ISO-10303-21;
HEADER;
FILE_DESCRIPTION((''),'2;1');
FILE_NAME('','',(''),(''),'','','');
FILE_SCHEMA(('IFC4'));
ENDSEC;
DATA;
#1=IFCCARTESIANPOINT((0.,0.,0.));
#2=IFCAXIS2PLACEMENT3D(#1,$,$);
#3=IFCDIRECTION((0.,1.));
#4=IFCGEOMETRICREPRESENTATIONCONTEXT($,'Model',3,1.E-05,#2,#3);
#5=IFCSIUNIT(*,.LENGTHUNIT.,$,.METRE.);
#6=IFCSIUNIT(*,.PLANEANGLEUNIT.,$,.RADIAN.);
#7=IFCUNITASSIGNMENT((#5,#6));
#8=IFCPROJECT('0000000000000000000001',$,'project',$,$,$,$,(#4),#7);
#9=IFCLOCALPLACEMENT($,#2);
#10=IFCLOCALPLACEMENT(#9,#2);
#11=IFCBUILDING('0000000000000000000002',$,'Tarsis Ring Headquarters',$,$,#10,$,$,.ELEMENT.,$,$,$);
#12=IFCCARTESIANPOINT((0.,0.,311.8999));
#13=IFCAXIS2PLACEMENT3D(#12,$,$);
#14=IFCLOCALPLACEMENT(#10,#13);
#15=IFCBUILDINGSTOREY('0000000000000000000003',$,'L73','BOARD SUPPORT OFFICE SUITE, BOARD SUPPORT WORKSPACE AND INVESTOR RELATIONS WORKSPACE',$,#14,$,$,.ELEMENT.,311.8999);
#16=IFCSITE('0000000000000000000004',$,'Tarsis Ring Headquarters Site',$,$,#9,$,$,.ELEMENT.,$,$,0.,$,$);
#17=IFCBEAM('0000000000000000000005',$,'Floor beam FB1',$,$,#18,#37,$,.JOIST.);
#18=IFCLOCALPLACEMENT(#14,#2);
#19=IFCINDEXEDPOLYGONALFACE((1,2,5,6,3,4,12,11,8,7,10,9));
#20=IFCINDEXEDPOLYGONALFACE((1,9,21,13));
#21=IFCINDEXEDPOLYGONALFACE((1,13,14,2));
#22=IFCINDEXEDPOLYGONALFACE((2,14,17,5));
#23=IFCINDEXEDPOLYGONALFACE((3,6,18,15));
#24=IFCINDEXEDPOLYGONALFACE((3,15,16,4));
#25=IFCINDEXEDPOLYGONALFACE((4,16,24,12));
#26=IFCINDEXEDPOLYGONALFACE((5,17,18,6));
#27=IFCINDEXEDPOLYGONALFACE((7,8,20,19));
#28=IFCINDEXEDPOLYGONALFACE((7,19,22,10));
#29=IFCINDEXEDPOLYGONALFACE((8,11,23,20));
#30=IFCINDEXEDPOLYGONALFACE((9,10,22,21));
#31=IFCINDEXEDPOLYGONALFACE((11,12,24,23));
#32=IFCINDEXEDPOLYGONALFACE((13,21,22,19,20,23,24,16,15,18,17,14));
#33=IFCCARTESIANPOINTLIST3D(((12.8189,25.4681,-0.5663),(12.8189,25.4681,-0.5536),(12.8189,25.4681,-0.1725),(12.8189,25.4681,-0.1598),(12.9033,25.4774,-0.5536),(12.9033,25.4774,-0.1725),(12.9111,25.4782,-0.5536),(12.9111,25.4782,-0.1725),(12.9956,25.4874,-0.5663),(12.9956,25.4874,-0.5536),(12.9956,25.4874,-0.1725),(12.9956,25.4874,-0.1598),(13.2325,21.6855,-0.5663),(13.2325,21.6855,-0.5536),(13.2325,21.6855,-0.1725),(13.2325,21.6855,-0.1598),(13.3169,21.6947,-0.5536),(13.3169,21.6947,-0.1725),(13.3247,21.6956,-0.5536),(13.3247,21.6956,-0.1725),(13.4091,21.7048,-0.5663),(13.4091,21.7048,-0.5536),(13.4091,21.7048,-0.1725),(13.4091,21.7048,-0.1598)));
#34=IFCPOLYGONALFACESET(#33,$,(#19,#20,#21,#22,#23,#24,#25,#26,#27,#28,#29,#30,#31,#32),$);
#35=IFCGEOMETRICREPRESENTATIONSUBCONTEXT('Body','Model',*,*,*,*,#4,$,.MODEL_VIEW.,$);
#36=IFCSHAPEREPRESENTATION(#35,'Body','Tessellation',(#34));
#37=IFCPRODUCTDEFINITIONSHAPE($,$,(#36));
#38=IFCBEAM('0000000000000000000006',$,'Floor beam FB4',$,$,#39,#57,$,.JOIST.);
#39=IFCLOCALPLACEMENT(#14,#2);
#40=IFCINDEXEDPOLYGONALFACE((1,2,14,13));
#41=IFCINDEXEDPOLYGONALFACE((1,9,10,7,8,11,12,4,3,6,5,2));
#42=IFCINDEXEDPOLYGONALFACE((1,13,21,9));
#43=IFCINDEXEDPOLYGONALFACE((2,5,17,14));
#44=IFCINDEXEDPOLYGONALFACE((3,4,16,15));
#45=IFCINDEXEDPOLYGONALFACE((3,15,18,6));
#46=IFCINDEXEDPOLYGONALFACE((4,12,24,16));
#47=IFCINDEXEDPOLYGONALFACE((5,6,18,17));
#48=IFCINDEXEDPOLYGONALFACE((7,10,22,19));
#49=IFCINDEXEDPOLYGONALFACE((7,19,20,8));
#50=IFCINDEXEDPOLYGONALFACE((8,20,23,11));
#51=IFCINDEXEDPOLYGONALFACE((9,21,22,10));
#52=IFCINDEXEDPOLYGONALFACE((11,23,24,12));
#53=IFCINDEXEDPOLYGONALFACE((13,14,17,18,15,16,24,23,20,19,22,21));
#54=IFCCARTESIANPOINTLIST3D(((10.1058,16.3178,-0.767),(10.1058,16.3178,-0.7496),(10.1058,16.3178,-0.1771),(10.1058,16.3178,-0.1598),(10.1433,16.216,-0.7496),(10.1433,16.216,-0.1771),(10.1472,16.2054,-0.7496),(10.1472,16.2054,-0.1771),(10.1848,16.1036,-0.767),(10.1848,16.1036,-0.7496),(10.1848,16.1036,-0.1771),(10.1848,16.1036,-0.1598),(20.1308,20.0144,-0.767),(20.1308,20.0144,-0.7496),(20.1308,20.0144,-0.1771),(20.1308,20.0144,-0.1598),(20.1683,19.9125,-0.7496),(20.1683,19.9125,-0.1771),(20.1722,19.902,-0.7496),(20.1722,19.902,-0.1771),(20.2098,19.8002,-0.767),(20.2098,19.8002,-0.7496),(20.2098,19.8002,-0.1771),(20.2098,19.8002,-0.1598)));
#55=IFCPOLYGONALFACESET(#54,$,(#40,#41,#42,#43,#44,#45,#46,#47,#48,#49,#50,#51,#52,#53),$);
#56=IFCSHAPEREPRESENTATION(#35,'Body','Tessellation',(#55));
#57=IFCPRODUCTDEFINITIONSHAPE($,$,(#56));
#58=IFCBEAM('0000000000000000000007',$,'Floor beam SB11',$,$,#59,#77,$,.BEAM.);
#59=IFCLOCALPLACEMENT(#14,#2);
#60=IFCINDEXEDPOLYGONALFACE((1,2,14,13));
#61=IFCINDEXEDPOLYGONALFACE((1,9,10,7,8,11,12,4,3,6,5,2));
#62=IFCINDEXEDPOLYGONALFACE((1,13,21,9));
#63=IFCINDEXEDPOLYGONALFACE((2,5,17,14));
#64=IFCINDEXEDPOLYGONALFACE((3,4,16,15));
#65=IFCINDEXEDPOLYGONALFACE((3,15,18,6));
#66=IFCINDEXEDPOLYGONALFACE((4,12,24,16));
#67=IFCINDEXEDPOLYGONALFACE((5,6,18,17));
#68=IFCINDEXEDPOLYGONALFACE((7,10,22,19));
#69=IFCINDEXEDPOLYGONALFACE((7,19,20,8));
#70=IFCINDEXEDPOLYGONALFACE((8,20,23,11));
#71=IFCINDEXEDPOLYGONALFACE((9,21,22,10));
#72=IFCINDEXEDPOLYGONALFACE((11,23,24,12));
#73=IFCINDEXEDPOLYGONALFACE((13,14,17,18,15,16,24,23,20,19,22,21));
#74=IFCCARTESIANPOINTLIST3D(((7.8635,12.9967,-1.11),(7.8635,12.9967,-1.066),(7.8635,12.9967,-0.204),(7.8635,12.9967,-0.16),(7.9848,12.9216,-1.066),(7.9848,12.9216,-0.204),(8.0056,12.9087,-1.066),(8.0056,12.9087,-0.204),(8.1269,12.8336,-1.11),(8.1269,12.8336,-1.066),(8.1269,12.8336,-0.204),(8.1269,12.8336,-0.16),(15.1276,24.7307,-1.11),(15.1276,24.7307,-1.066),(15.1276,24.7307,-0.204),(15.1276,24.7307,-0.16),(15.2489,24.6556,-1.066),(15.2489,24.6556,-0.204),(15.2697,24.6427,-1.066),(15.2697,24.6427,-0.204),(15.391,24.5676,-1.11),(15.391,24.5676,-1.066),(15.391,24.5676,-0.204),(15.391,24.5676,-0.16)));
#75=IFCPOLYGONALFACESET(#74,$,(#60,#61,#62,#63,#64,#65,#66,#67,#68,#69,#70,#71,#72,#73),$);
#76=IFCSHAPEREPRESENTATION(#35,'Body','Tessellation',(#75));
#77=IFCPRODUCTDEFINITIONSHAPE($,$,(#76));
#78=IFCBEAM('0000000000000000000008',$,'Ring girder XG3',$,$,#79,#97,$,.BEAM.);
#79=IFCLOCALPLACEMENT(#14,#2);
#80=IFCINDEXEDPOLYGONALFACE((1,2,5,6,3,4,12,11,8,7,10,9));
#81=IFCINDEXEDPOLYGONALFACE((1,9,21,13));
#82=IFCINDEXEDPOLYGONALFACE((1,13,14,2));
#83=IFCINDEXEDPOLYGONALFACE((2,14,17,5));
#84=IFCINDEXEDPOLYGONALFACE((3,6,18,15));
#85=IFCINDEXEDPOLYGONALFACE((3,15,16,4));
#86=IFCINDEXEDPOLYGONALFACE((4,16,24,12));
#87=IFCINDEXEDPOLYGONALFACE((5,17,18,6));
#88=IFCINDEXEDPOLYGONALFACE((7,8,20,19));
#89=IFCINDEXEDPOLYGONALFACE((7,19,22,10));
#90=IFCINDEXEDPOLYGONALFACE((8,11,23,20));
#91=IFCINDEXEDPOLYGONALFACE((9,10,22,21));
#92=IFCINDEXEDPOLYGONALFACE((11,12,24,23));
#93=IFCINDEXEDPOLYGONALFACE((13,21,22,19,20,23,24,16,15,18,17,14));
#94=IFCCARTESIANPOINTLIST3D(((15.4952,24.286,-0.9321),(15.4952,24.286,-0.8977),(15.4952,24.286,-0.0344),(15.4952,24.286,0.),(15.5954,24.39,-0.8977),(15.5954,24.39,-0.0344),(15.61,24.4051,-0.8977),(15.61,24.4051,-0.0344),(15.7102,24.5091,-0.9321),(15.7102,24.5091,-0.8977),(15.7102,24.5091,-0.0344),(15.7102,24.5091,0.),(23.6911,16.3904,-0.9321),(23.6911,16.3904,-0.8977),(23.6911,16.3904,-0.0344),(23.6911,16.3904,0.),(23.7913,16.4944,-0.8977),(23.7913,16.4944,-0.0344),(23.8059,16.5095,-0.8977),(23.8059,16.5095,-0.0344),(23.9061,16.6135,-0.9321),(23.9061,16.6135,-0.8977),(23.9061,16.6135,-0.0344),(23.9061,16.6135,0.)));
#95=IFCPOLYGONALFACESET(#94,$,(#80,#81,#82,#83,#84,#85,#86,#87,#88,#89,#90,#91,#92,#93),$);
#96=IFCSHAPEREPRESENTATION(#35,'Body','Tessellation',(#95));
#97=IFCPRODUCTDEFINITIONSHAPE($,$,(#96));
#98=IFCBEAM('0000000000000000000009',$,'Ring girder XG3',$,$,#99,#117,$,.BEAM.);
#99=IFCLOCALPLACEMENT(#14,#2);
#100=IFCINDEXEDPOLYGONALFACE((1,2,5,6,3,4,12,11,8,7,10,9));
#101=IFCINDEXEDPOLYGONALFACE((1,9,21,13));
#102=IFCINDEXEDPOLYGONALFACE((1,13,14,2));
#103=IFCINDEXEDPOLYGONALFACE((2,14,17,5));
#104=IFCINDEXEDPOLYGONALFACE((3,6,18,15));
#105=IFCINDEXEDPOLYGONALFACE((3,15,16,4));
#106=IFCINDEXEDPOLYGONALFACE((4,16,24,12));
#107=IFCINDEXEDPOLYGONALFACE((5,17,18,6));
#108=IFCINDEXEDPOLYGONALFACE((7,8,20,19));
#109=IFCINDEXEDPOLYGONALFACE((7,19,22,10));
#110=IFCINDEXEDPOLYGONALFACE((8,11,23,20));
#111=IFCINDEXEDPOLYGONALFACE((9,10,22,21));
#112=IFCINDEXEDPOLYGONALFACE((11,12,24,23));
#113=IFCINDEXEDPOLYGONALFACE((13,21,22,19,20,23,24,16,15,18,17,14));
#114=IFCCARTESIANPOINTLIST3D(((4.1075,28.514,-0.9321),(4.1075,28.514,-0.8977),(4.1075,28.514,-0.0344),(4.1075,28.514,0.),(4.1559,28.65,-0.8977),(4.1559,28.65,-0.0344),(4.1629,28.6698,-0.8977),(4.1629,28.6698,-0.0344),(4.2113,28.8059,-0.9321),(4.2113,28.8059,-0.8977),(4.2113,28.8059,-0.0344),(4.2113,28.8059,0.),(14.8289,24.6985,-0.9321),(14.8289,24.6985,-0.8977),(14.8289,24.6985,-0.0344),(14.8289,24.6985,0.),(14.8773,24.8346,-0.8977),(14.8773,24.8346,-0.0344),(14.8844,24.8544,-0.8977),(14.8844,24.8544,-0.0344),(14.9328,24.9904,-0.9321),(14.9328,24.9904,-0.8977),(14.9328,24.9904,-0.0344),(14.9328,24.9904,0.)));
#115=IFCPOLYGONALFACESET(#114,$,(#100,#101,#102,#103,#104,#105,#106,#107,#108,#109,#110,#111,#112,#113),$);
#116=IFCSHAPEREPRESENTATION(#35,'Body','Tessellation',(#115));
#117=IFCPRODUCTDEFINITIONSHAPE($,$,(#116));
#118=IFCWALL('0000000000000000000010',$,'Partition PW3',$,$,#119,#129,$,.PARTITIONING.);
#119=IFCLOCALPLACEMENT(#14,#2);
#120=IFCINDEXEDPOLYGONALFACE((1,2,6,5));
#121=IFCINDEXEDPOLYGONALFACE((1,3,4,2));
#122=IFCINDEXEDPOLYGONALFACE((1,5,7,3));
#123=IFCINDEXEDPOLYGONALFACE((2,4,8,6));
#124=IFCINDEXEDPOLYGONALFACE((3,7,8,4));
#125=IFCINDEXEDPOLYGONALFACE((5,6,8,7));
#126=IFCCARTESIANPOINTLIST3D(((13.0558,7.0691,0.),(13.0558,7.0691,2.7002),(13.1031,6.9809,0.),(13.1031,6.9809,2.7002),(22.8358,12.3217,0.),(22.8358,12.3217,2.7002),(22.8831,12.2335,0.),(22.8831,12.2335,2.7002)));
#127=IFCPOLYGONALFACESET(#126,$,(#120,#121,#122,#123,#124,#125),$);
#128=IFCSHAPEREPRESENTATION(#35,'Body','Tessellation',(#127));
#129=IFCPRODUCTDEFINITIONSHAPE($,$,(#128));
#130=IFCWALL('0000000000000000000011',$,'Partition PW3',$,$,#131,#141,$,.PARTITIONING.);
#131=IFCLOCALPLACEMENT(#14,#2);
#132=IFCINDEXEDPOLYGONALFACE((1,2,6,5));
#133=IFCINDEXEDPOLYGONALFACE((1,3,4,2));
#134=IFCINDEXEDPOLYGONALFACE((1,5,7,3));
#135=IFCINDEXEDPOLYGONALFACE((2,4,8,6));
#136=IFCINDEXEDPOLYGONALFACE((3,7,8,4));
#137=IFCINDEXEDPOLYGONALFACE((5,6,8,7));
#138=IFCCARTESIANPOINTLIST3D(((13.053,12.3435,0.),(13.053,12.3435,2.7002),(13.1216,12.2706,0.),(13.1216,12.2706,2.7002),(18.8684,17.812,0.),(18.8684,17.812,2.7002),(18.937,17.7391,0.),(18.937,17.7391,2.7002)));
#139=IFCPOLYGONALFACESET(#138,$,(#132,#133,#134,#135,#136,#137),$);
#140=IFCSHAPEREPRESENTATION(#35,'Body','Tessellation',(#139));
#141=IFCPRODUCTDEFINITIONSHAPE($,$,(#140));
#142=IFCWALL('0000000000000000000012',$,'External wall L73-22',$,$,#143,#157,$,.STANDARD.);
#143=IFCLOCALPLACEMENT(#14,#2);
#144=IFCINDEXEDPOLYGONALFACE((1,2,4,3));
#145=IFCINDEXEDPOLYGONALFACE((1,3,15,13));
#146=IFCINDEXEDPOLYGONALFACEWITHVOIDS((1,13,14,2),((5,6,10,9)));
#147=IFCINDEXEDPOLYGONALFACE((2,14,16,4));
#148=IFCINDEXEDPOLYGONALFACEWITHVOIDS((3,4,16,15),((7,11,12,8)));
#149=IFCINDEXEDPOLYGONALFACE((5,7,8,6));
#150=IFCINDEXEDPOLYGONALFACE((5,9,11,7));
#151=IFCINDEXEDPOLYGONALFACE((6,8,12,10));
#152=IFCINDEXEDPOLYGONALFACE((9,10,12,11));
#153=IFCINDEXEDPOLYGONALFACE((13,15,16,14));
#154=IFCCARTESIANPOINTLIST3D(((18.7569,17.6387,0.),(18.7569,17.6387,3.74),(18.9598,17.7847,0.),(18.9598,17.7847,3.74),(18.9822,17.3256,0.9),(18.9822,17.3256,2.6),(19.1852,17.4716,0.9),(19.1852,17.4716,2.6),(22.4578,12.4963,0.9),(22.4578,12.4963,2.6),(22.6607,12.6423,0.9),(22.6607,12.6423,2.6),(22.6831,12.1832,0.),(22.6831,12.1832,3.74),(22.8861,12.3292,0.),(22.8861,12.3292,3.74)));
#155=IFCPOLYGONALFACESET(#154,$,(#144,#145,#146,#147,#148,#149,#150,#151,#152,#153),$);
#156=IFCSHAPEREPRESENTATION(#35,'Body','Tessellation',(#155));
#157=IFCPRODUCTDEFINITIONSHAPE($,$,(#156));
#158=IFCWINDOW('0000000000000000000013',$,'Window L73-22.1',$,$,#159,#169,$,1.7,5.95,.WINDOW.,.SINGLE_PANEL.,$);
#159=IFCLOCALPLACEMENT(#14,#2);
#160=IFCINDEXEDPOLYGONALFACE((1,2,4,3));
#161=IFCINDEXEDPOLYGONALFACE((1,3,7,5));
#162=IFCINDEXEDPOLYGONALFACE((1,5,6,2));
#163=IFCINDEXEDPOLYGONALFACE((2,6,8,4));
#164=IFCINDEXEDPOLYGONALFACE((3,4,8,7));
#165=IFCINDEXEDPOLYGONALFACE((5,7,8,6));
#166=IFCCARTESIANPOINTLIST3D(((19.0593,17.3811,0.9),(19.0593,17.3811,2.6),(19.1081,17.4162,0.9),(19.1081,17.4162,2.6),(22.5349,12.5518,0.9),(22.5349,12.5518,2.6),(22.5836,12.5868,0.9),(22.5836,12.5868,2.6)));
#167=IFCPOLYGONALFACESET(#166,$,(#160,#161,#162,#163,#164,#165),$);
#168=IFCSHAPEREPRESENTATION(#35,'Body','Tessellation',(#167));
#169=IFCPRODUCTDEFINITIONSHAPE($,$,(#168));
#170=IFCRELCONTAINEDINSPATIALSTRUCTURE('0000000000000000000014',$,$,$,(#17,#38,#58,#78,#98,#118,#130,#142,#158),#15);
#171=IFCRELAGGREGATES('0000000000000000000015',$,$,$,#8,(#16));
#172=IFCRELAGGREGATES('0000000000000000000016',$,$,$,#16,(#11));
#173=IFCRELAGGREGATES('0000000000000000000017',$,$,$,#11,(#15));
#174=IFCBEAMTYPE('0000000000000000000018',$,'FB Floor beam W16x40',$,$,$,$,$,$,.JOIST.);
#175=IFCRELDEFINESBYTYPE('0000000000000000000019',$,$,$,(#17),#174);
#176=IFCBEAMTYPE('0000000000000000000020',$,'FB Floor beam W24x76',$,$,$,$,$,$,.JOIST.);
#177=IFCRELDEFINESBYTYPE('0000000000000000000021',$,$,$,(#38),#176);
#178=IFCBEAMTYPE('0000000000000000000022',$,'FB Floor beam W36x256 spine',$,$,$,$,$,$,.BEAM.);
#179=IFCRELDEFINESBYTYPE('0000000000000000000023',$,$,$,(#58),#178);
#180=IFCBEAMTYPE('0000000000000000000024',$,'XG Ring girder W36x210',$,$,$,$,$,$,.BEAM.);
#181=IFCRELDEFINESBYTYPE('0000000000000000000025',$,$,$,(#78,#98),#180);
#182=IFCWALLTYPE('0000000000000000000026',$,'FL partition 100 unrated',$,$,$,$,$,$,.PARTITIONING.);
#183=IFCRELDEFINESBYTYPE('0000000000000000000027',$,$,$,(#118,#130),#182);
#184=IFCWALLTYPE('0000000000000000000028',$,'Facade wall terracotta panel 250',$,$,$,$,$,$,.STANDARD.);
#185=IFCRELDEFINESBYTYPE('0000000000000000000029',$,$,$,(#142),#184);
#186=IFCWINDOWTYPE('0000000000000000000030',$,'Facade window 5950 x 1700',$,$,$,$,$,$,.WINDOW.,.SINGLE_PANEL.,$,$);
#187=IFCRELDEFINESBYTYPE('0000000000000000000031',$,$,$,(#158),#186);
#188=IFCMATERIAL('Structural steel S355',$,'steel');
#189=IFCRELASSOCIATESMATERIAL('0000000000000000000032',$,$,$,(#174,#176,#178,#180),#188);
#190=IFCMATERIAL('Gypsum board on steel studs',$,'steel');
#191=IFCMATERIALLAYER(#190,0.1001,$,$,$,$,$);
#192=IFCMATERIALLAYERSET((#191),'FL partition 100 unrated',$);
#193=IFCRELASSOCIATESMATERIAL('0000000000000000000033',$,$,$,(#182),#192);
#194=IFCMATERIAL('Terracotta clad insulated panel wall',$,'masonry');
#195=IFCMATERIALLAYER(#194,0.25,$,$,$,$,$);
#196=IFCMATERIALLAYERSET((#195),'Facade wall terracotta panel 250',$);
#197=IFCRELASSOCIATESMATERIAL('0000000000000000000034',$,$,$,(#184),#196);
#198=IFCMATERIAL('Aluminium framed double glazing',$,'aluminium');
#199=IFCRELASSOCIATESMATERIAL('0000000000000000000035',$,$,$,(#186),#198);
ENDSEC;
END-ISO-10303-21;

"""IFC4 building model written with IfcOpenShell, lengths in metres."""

from ifc_helpers import new_model, si_unit, direction, frame, frame_2d, origin, origin_2d, place, context, subcontext, project, spatial, rectangle, i_section, extrude, material, layer, layer_set, material_profile, profile_set, type_object, element, fill, save


model = new_model("IFC4")

# Units and contexts
model_context = context("Model", 3, precision=1e-05, world=origin(), true_north=direction((0.0, 1.0)))
body_context = subcontext(model_context, "Body", "Model", "MODEL_VIEW")
ifc_project = project(units=[si_unit("LENGTHUNIT", "METRE"), si_unit("PLANEANGLEUNIT", "RADIAN")], contexts=[model_context])

# Site, building, storey
site_placement = place(None, origin())
site = spatial("IfcSite", under=ifc_project, at=site_placement, Name="Tarsis Ring Headquarters Site", CompositionType="ELEMENT", RefElevation=0.0)
building_placement = place(site_placement, origin())
building = spatial("IfcBuilding", under=site, at=building_placement, Name="Tarsis Ring Headquarters", CompositionType="ELEMENT")
storey_placement = place(building_placement, frame((0.0, 0.0, 311.8999)))
storey = spatial("IfcBuildingStorey", under=building, at=storey_placement, Name="L73", Description="BOARD SUPPORT OFFICE SUITE, BOARD SUPPORT WORKSPACE AND INVESTOR RELATIONS WORKSPACE", CompositionType="ELEMENT", Elevation=311.8999)

# Shared definitions
ifc_material_1 = material(Name="Structural steel S355", Category="steel")

# Beams
ifc_material_profile_1 = material_profile(ifc_material_1, i_section(OverallWidth=0.1777, OverallDepth=0.4065, WebThickness=0.0078, FlangeThickness=0.0127, at=origin_2d()), Name="W16x40")
ifc_profile_set_1 = profile_set([ifc_material_profile_1], Name="Structural steel S355")
beam_type_1 = type_object("IfcBeamType", Name="FB Floor beam W16x40", PredefinedType="JOIST", material=ifc_profile_set_1)
for number, where, z_axis, x_axis, name in (
    (1, (12.9072, 25.4778, -0.363), (0.108685, -0.994076, 0.0), (0.994076, 0.108685, 0.0), "Floor beam FB1"),
):
    element("IfcBeam", number, at=place(storey_placement, frame(where, z_axis=z_axis, x_axis=x_axis)), inside=storey, type_object=beam_type_1, Name=name, PredefinedType="JOIST", context=body_context, shape_type="SweptSolid", body=[
        extrude(i_section(OverallWidth=0.1777, OverallDepth=0.4065, WebThickness=0.0078, FlangeThickness=0.0127, at=origin_2d()), origin(), (0.0, 0.0, 1.0), 3.8052),
    ])
ifc_material_profile_2 = material_profile(ifc_material_1, i_section(OverallWidth=0.2283, OverallDepth=0.6072, WebThickness=0.0112, FlangeThickness=0.0173, at=origin_2d()), Name="W24x76")
ifc_profile_set_2 = profile_set([ifc_material_profile_2], Name="Structural steel S355")
beam_type_2 = type_object("IfcBeamType", Name="FB Floor beam W24x76", PredefinedType="JOIST", material=ifc_profile_set_2)
beam_1_placement = place(storey_placement, frame((10.1453, 16.2107, -0.4634), z_axis=(0.938248, 0.345965, 0.0), x_axis=(-0.345965, 0.938248, 0.0)))
element("IfcBeam", 2, at=beam_1_placement, inside=storey, type_object=beam_type_2, Name="Floor beam FB4", PredefinedType="JOIST", context=body_context, shape_type="SweptSolid", body=[
    extrude(i_section(OverallWidth=0.2283, OverallDepth=0.6072, WebThickness=0.0112, FlangeThickness=0.0173, at=origin_2d()), origin(), (0.0, 0.0, 1.0), 10.6848),
])
ifc_material_profile_3 = material_profile(ifc_material_1, i_section(OverallWidth=0.3098, OverallDepth=0.95, WebThickness=0.0244, FlangeThickness=0.0439, at=origin_2d()), Name="W36x256")
ifc_profile_set_3 = profile_set([ifc_material_profile_3], Name="Structural steel S355")
beam_type_3 = type_object("IfcBeamType", Name="FB Floor beam W36x256 spine", PredefinedType="BEAM", material=ifc_profile_set_3)
beam_2_placement = place(storey_placement, frame((15.2593, 24.6492, -0.635), z_axis=(-0.526364, -0.850259, 0.0), x_axis=(0.850259, -0.526364, 0.0)))
element("IfcBeam", 3, at=beam_2_placement, inside=storey, type_object=beam_type_3, Name="Floor beam SB11", PredefinedType="BEAM", context=body_context, shape_type="SweptSolid", body=[
    extrude(i_section(OverallWidth=0.3098, OverallDepth=0.95, WebThickness=0.0244, FlangeThickness=0.0439, at=origin_2d()), origin(), (0.0, 0.0, 1.0), 13.8005),
])
ifc_material_profile_4 = material_profile(ifc_material_1, i_section(OverallWidth=0.3098, OverallDepth=0.9321, WebThickness=0.021, FlangeThickness=0.0344, at=origin_2d()), Name="W36x210")
ifc_profile_set_4 = profile_set([ifc_material_profile_4], Name="Structural steel S355")
beam_type_4 = type_object("IfcBeamType", Name="XG Ring girder W36x210", PredefinedType="BEAM", material=ifc_profile_set_4)
beam_3_placement = place(storey_placement, frame((23.7986, 16.502, -0.4661), z_axis=(-0.720177, 0.69379, 0.0), x_axis=(-0.69379, -0.720177, 0.0)))
element("IfcBeam", 4, at=beam_3_placement, inside=storey, type_object=beam_type_4, Name="Ring girder XG3", PredefinedType="BEAM", context=body_context, shape_type="SweptSolid", body=[
    extrude(i_section(OverallWidth=0.3098, OverallDepth=0.9321, WebThickness=0.021, FlangeThickness=0.0344, at=origin_2d()), origin(), (0.0, 0.0, 1.0), 11.3804),
])
beam_4_placement = place(storey_placement, frame((14.8809, 24.8445, -0.4661), z_axis=(-0.942121, 0.335272, 0.0), x_axis=(-0.335272, -0.942121, 0.0)))
element("IfcBeam", 5, at=beam_4_placement, inside=storey, type_object=beam_type_4, Name="Ring girder XG3", PredefinedType="BEAM", context=body_context, shape_type="SweptSolid", body=[
    extrude(i_section(OverallWidth=0.3098, OverallDepth=0.9321, WebThickness=0.021, FlangeThickness=0.0344, at=origin_2d()), origin(), (0.0, 0.0, 1.0), 11.3801),
])

# Walls
ifc_material_2 = material(Name="Gypsum board on steel studs", Category="steel")
ifc_layer_1 = layer(ifc_material_2, 0.1001)
ifc_layer_set_1 = layer_set([ifc_layer_1], Name="FL partition 100 unrated")
wall_type_1 = type_object("IfcWallType", Name="FL partition 100 unrated", PredefinedType="PARTITIONING", material=ifc_layer_set_1)
wall_1_placement = place(storey_placement, frame((13.0793, 7.0249, 0.0), z_axis=(0.0, 0.0, 1.0), x_axis=(0.880978, 0.473158, 0.0)))
element("IfcWall", 6, at=wall_1_placement, inside=storey, type_object=wall_type_1, Name="Partition PW3", PredefinedType="PARTITIONING", context=body_context, shape_type="SweptSolid", body=[
    extrude(rectangle(XDim=11.1013, YDim=0.1001, at=frame_2d((5.5508, 0.0))), origin(), (0.0, 0.0, 1.0), 2.7002),
])
wall_2_placement = place(storey_placement, frame((13.0874, 12.3071, 0.0), z_axis=(0.0, 0.0, 1.0), x_axis=(0.728503, 0.685043, 0.0)))
element("IfcWall", 7, at=wall_2_placement, inside=storey, type_object=wall_type_1, Name="Partition PW3", PredefinedType="PARTITIONING", context=body_context, shape_type="SweptSolid", body=[
    extrude(rectangle(XDim=7.9827, YDim=0.1001, at=frame_2d((3.9912, 0.0))), origin(), (0.0, 0.0, 1.0), 2.7002),
])

# Wall, opening, window
ifc_material_3 = material(Name="Terracotta clad insulated panel wall", Category="masonry")
ifc_layer_2 = layer(ifc_material_3, 0.25)
ifc_layer_set_2 = layer_set([ifc_layer_2], Name="Facade wall terracotta panel 250")
wall_type_2 = type_object("IfcWallType", Name="Facade wall terracotta panel 250", PredefinedType="STANDARD", material=ifc_layer_set_2)
wall_3_placement = place(storey_placement, frame((22.7847, 12.2561, 0.0), z_axis=(0.0, 0.0, 1.0), x_axis=(-0.584134, 0.811657, 0.0)))
wall_3 = element("IfcWall", 8, at=wall_3_placement, inside=storey, type_object=wall_type_2, Name="External wall L73-22", PredefinedType="STANDARD", context=body_context, shape_type="SweptSolid", body=[
    extrude(rectangle(XDim=6.7214, YDim=0.25, at=frame_2d((3.3608, 0.0))), origin(), (0.0, 0.0, 1.0), 3.74),
])
opening_1_placement = place(wall_3_placement, frame((0.3857, 0.0, 0.8999)))
opening_1 = element("IfcOpeningElement", 9, at=opening_1_placement, cuts=wall_3, PredefinedType="OPENING", context=body_context, shape_type="SweptSolid", body=[
    extrude(rectangle(XDim=5.95, YDim=1.7, at=frame_2d((2.9751, 0.8501))), frame((0.0, 0.135, 0.0), z_axis=(0.0, -1.0, 0.0), x_axis=(1.0, 0.0, 0.0)), (0.0, 0.0, 1.0), 0.27),
])
ifc_material_4 = material(Name="Aluminium framed double glazing", Category="aluminium")
window_type = type_object("IfcWindowType", Name="Facade window 5950 x 1700", PartitioningType="SINGLE_PANEL", PredefinedType="WINDOW", material=ifc_material_4)
window_1_placement = place(opening_1_placement, origin())
window_1 = element("IfcWindow", 10, at=window_1_placement, inside=storey, type_object=window_type, Name="Window L73-22.1", OverallHeight=1.7, OverallWidth=5.95, PartitioningType="SINGLE_PANEL", PredefinedType="WINDOW", context=body_context, shape_type="SweptSolid", body=[
    extrude(rectangle(XDim=5.95, YDim=1.7, at=frame_2d((2.9751, 0.8501))), frame((0.0, 0.03, 0.0), z_axis=(0.0, -1.0, 0.0), x_axis=(1.0, 0.0, 0.0)), (0.0, 0.0, 1.0), 0.0601),
])
fill(opening_1, window_1)

save(model, "model.ifc")
